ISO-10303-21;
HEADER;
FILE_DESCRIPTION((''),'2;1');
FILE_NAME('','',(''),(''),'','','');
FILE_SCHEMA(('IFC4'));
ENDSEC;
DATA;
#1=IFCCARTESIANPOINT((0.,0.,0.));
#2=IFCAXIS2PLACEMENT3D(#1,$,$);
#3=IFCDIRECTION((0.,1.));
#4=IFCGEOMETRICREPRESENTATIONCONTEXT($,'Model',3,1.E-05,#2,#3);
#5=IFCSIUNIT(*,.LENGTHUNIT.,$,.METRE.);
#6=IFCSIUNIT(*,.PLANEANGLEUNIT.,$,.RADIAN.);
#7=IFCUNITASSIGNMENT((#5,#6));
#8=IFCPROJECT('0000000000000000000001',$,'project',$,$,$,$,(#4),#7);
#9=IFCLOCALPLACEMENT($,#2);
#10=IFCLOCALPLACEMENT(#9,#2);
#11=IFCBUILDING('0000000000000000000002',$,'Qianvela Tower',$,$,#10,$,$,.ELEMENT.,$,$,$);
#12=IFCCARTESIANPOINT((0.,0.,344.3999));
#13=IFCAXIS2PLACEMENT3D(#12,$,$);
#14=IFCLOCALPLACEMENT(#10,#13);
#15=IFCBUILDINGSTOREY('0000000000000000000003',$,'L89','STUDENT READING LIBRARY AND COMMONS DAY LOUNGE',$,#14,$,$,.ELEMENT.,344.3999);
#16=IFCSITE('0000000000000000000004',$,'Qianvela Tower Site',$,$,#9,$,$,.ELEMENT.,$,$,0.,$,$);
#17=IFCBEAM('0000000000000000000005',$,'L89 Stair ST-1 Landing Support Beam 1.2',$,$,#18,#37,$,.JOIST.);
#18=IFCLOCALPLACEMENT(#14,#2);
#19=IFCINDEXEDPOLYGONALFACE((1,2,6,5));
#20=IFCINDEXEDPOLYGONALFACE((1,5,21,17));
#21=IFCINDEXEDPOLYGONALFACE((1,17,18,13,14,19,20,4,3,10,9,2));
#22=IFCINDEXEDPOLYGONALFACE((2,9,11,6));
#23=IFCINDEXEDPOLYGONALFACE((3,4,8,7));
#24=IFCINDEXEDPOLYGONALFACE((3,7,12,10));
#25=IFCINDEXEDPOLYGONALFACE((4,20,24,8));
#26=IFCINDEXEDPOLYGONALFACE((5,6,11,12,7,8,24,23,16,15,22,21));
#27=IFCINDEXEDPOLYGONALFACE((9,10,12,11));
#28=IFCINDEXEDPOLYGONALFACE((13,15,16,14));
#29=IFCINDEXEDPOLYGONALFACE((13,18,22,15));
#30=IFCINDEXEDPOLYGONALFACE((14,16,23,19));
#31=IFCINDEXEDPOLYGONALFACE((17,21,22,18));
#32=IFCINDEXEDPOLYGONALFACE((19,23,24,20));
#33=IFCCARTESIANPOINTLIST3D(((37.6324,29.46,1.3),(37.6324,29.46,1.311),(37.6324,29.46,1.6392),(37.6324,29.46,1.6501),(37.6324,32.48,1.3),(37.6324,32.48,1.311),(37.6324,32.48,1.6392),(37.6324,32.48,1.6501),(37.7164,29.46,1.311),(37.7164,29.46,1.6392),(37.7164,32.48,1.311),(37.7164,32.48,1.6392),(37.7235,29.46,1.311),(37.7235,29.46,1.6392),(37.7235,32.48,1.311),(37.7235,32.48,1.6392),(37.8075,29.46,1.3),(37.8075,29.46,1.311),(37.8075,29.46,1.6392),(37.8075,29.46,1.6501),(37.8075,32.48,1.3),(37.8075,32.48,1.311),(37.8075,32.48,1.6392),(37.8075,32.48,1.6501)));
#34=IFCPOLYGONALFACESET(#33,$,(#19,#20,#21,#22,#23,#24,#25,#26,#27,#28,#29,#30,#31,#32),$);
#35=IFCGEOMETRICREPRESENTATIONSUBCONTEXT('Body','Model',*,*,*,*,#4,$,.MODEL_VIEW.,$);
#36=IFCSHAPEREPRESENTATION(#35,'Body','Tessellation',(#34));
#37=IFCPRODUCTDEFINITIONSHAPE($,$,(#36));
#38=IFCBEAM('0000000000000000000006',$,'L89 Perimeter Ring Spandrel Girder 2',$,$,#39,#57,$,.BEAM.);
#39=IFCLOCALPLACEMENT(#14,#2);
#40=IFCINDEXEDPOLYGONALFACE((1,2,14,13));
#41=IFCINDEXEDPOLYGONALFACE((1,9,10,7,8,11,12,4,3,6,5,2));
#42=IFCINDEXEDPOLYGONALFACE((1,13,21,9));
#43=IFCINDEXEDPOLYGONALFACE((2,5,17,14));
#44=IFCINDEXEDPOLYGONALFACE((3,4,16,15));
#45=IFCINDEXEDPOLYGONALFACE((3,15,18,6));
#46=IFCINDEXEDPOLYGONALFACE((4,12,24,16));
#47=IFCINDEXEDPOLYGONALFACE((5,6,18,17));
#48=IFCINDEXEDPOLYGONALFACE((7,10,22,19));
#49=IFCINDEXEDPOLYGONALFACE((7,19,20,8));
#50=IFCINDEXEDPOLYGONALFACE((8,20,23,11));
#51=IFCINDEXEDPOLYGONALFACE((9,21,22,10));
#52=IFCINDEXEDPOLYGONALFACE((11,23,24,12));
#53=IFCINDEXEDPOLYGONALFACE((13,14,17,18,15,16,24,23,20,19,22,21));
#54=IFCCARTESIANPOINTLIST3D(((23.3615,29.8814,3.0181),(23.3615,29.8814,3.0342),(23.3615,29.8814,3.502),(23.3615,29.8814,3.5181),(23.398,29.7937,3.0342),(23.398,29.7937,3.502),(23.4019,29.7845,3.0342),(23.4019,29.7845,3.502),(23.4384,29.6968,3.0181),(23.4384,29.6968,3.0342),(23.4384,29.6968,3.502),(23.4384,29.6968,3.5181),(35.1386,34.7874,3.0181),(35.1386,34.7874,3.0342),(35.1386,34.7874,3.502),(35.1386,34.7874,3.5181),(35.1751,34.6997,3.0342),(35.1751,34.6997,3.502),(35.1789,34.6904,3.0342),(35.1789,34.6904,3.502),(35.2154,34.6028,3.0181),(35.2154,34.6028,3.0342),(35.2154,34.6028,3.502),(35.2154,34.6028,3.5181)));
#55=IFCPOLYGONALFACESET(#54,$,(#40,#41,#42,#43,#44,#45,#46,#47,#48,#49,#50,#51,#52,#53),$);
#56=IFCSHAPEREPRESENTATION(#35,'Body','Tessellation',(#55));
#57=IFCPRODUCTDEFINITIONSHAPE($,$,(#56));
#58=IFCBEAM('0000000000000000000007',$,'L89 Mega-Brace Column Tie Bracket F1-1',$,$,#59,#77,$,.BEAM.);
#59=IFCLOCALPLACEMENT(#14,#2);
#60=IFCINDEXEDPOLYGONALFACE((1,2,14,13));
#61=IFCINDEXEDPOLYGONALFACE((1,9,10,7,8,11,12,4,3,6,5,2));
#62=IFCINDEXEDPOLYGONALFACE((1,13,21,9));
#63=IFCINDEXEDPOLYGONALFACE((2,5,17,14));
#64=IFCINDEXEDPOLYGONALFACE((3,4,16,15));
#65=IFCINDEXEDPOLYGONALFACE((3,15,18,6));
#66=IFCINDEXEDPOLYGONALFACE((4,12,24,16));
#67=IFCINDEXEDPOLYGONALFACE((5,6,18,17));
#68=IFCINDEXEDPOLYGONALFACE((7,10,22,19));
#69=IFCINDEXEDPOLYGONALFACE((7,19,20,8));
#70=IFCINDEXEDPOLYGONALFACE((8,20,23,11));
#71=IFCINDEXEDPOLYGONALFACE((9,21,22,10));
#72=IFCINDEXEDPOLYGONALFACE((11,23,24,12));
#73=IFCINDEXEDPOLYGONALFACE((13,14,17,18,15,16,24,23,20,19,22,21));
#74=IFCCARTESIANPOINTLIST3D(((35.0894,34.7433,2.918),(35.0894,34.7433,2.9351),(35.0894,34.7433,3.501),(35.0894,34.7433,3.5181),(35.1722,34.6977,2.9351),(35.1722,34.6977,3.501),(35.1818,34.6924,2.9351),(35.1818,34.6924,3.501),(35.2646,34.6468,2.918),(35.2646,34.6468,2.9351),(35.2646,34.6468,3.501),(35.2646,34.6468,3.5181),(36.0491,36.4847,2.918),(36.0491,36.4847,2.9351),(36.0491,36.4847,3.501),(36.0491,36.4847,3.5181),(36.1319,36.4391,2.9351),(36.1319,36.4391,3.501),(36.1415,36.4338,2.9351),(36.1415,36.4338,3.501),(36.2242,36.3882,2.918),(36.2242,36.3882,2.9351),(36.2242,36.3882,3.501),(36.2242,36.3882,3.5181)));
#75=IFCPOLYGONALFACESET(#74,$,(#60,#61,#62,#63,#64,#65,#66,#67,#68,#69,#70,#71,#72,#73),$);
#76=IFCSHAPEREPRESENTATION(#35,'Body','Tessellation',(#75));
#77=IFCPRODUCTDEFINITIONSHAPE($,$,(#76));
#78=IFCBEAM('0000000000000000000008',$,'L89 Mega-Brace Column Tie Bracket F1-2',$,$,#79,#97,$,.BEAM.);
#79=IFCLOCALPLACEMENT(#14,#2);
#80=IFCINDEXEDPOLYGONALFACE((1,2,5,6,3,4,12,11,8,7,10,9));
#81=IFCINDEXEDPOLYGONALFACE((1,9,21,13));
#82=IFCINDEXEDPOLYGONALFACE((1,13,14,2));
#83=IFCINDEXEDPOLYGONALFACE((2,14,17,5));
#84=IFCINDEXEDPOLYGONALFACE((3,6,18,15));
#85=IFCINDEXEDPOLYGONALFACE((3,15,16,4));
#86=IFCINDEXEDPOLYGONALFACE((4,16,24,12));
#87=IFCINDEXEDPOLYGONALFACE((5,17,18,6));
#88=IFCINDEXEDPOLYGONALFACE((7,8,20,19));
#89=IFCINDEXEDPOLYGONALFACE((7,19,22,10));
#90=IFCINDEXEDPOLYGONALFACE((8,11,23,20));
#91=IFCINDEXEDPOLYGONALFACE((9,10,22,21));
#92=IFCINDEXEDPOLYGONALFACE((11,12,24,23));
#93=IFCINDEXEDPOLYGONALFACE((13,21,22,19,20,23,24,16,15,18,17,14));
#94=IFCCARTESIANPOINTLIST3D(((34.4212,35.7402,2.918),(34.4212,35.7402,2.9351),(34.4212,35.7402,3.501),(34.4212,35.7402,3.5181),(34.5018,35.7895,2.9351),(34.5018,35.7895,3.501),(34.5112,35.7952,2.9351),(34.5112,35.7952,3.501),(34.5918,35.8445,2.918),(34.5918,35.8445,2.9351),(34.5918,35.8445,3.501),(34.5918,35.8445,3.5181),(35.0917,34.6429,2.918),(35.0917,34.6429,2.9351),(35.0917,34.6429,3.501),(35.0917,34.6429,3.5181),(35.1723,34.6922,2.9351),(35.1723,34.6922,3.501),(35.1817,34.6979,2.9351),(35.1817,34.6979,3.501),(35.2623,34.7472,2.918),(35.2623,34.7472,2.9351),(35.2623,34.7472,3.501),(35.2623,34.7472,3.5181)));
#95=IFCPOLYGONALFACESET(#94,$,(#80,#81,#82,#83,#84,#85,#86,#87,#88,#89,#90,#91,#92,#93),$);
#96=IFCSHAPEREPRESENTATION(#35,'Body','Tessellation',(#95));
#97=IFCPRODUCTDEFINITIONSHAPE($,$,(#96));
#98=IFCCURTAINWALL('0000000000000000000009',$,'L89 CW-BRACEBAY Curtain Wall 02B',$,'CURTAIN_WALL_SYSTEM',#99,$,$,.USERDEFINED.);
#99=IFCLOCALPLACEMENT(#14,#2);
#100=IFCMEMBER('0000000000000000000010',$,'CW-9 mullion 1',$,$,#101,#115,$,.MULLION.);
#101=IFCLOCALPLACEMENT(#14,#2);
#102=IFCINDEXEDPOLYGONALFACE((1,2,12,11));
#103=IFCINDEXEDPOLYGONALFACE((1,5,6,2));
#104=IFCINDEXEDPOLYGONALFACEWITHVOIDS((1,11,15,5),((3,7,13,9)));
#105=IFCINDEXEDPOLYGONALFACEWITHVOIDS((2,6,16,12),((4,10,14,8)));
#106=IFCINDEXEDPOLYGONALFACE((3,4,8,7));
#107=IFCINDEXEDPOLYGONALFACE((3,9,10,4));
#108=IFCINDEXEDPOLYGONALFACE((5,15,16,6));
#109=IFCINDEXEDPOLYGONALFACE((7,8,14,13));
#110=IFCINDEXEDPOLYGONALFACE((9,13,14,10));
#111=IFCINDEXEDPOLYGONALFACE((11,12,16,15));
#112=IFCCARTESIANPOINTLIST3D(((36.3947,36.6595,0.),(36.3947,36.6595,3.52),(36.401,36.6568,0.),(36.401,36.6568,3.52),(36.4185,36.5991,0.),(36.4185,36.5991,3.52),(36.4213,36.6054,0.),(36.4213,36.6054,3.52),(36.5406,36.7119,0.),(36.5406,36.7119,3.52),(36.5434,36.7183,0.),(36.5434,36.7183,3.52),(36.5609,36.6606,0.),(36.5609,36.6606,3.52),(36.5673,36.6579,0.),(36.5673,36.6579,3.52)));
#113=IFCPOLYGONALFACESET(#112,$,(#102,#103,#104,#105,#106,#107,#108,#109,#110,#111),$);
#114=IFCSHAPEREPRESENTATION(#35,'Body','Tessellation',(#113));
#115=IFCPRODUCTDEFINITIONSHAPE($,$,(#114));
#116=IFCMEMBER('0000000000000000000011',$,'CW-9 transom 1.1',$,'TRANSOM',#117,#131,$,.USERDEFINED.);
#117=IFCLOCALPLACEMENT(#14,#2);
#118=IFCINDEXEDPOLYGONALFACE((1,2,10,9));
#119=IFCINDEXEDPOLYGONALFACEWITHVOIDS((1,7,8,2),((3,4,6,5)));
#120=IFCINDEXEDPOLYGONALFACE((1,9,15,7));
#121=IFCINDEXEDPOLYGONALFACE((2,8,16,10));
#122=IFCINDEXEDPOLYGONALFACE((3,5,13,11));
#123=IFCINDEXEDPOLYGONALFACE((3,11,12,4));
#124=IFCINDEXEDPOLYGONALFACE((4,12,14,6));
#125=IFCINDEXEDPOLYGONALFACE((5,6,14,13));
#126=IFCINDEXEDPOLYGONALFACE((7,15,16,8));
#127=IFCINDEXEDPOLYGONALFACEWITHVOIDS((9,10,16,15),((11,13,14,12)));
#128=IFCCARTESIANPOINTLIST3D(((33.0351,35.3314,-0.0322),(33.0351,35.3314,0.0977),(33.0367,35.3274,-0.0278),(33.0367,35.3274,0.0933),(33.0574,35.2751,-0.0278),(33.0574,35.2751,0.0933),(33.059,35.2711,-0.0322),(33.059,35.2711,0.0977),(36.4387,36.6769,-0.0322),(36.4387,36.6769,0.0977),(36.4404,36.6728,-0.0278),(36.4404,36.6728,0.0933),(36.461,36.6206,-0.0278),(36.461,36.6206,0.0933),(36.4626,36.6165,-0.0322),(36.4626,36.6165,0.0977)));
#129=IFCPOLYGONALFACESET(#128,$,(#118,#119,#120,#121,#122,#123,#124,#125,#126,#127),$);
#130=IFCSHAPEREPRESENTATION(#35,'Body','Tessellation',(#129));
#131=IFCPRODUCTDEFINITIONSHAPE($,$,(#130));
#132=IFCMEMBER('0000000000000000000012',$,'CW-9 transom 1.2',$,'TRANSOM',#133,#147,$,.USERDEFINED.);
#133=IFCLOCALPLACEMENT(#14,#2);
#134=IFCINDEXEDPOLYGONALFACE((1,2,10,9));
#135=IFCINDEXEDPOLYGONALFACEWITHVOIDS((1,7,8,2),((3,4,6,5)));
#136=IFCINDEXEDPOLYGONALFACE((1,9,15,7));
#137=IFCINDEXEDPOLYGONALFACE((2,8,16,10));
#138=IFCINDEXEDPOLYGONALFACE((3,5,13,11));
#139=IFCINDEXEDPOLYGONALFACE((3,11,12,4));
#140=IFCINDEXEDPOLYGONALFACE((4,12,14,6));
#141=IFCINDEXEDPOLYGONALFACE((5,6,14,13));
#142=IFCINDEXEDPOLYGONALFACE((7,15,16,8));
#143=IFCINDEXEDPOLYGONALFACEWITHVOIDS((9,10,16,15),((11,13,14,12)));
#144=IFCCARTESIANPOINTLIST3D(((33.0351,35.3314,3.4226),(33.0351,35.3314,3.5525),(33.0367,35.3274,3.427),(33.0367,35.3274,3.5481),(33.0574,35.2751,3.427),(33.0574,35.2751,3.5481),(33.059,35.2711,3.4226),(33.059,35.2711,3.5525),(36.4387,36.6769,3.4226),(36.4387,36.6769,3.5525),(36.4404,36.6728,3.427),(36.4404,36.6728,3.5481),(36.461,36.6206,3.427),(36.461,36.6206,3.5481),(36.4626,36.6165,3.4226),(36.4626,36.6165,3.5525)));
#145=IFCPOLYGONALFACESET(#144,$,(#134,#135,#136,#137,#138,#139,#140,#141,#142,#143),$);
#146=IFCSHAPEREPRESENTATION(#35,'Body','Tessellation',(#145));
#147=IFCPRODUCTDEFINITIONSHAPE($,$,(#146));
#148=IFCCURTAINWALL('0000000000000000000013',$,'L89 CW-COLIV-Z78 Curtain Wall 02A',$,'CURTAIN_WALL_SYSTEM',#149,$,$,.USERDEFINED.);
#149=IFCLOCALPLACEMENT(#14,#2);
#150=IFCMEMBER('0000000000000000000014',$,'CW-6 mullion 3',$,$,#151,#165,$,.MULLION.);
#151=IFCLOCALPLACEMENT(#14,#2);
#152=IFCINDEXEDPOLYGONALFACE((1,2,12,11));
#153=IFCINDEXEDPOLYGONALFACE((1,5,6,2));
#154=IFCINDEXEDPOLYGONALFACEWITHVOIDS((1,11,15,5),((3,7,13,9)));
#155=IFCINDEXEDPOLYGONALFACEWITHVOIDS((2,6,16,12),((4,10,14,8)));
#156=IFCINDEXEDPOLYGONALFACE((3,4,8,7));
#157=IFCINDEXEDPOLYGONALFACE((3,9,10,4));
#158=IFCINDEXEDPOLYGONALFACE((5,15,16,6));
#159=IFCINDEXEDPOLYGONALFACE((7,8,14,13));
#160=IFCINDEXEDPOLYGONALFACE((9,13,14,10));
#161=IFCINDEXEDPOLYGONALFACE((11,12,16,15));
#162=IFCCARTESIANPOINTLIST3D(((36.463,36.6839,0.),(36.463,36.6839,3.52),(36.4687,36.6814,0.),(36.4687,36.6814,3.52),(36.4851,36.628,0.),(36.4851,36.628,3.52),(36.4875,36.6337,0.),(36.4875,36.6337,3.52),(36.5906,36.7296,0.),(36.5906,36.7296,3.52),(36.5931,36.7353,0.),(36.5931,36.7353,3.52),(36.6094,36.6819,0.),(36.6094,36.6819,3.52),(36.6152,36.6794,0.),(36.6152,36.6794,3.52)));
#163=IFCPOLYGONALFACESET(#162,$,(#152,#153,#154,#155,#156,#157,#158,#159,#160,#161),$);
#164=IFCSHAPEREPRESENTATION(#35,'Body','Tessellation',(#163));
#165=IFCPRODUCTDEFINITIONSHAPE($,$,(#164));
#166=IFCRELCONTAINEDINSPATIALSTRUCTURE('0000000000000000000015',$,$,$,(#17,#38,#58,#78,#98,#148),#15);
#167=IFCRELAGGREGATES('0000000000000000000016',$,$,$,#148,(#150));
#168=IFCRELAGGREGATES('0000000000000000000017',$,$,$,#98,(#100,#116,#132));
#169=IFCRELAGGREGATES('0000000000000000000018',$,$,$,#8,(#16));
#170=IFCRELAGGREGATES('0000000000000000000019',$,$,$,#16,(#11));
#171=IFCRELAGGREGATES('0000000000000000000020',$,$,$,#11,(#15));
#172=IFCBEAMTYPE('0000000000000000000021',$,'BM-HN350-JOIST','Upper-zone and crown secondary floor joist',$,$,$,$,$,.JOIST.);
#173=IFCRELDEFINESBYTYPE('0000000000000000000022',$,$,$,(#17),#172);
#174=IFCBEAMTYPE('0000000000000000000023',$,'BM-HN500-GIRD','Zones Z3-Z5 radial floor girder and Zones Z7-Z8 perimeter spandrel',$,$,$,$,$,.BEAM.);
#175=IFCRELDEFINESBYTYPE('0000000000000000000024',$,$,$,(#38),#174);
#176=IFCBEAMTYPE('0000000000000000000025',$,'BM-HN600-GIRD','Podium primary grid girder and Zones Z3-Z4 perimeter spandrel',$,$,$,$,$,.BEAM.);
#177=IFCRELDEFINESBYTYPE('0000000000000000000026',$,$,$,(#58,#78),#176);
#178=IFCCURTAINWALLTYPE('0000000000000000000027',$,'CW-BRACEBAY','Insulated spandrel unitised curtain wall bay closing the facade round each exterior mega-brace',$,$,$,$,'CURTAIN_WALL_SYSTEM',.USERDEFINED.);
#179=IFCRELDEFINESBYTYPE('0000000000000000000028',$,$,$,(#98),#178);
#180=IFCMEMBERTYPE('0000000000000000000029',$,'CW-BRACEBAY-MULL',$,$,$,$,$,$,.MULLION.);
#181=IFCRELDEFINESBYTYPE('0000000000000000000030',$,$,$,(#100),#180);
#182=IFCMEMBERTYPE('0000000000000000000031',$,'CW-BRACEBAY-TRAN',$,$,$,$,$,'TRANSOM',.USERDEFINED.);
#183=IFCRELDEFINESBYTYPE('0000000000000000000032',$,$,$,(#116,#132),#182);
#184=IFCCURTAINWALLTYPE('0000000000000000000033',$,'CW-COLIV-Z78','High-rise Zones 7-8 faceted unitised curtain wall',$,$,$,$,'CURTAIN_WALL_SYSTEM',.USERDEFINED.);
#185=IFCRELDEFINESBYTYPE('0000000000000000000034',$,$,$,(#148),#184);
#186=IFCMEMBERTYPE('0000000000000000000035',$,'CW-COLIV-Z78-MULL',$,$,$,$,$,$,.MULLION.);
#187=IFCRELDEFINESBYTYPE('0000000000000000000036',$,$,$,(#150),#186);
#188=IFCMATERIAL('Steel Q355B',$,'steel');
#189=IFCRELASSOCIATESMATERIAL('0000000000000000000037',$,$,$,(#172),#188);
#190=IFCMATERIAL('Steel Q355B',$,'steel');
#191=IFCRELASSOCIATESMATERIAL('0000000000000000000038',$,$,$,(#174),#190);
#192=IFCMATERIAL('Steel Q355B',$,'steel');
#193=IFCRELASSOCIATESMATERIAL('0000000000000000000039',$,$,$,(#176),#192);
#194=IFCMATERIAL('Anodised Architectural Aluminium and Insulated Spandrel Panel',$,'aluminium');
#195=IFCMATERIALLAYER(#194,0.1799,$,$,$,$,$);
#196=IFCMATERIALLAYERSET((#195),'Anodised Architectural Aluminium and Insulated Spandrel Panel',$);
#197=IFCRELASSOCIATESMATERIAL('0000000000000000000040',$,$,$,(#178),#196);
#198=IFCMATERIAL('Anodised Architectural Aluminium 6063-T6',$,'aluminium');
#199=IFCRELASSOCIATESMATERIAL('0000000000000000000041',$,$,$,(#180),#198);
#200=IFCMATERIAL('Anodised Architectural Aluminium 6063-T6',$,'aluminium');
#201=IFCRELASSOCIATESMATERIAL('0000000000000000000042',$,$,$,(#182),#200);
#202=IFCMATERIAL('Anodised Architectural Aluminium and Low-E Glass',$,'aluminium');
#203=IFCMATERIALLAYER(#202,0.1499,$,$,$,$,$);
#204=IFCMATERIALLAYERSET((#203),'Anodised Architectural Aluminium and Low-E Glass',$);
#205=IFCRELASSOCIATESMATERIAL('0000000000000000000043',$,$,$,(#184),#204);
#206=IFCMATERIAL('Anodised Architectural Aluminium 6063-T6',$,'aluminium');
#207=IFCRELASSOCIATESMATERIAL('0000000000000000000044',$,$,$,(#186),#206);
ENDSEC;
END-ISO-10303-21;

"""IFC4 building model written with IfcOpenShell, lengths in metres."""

from ifc_helpers import new_model, si_unit, direction, frame, origin, origin_2d, place, context, subcontext, project, spatial, hollow_rectangle, i_section, extrude, material, layer, layer_set, material_profile, profile_set, type_object, element, aggregate, save


model = new_model("IFC4")

# Units and contexts
model_context = context("Model", 3, precision=1e-05, world=origin(), true_north=direction((0.0, 1.0)))
body_context = subcontext(model_context, "Body", "Model", "MODEL_VIEW")
ifc_project = project(units=[si_unit("LENGTHUNIT", "METRE"), si_unit("PLANEANGLEUNIT", "RADIAN")], contexts=[model_context])

# Site, building, storey
site_placement = place(None, origin())
site = spatial("IfcSite", under=ifc_project, at=site_placement, Name="Qianvela Tower Site", CompositionType="ELEMENT", RefElevation=0.0)
building_placement = place(site_placement, origin())
building = spatial("IfcBuilding", under=site, at=building_placement, Name="Qianvela Tower", CompositionType="ELEMENT")
storey_placement = place(building_placement, frame((0.0, 0.0, 344.3999)))
storey = spatial("IfcBuildingStorey", under=building, at=storey_placement, Name="L89", Description="STUDENT READING LIBRARY AND COMMONS DAY LOUNGE", CompositionType="ELEMENT", Elevation=344.3999)

# Beams
ifc_material_1 = material(Name="Steel Q355B", Category="steel")
ifc_material_profile_1 = material_profile(ifc_material_1, i_section(OverallWidth=0.175, OverallDepth=0.3501, WebThickness=0.0071, FlangeThickness=0.011, at=origin_2d()), Name="HN350x175x7x11")
ifc_profile_set_1 = profile_set([ifc_material_profile_1], Name="Steel Q355B")
beam_type_1 = type_object("IfcBeamType", Name="BM-HN350-JOIST", Description="Upper-zone and crown secondary floor joist", PredefinedType="JOIST", material=ifc_profile_set_1)
for number, where, z_axis, x_axis, name in (
    (1, (37.72, 29.46, 1.4751), (0.0, 1.0, 0.0), (-1.0, 0.0, 0.0), "L89 Stair ST-1 Landing Support Beam 1.2"),
):
    element("IfcBeam", number, at=place(storey_placement, frame(where, z_axis=z_axis, x_axis=x_axis)), inside=storey, type_object=beam_type_1, Name=name, PredefinedType="JOIST", context=body_context, shape_type="SweptSolid", body=[
        extrude(i_section(OverallWidth=0.175, OverallDepth=0.3501, WebThickness=0.0071, FlangeThickness=0.011, at=origin_2d()), origin(), (0.0, 0.0, 1.0), 3.02),
    ])
ifc_material_2 = material(Name="Steel Q355B", Category="steel")
ifc_material_profile_2 = material_profile(ifc_material_2, i_section(OverallWidth=0.2, OverallDepth=0.5, WebThickness=0.01, FlangeThickness=0.0161, at=origin_2d()), Name="HN500x200x10x16")
ifc_profile_set_2 = profile_set([ifc_material_profile_2], Name="Steel Q355B")
beam_type_2 = type_object("IfcBeamType", Name="BM-HN500-GIRD", Description="Zones Z3-Z5 radial floor girder and Zones Z7-Z8 perimeter spandrel", PredefinedType="BEAM", material=ifc_profile_set_2)
beam_1_placement = place(storey_placement, frame((35.177, 34.6951, 3.2681), z_axis=(-0.923108, -0.384541, 0.0), x_axis=(0.384541, -0.923108, 0.0)))
element("IfcBeam", 2, at=beam_1_placement, inside=storey, type_object=beam_type_2, Name="L89 Perimeter Ring Spandrel Girder 2", PredefinedType="BEAM", context=body_context, shape_type="SweptSolid", body=[
    extrude(i_section(OverallWidth=0.2, OverallDepth=0.5, WebThickness=0.01, FlangeThickness=0.0161, at=origin_2d()), origin(), (0.0, 0.0, 1.0), 12.7581),
])
ifc_material_3 = material(Name="Steel Q355B", Category="steel")
ifc_material_profile_3 = material_profile(ifc_material_3, i_section(OverallWidth=0.2, OverallDepth=0.6001, WebThickness=0.011, FlangeThickness=0.0171, at=origin_2d()), Name="HN600x200x11x17")
ifc_profile_set_3 = profile_set([ifc_material_profile_3], Name="Steel Q355B")
beam_type_3 = type_object("IfcBeamType", Name="BM-HN600-GIRD", Description="Podium primary grid girder and Zones Z3-Z4 perimeter spandrel", PredefinedType="BEAM", material=ifc_profile_set_3)
beam_2_placement = place(storey_placement, frame((35.177, 34.6951, 3.218), z_axis=(0.482659, 0.875809, 0.0), x_axis=(-0.875809, 0.482659, 0.0)))
element("IfcBeam", 3, at=beam_2_placement, inside=storey, type_object=beam_type_3, Name="L89 Mega-Brace Column Tie Bracket F1-1", PredefinedType="BEAM", context=body_context, shape_type="SweptSolid", body=[
    extrude(i_section(OverallWidth=0.2, OverallDepth=0.6001, WebThickness=0.011, FlangeThickness=0.0171, at=origin_2d()), origin(), (0.0, 0.0, 1.0), 1.9883),
])
beam_3_placement = place(storey_placement, frame((35.177, 34.6951, 3.218), z_axis=(-0.521404, 0.85331, 0.0), x_axis=(-0.85331, -0.521404, 0.0)))
element("IfcBeam", 4, at=beam_3_placement, inside=storey, type_object=beam_type_3, Name="L89 Mega-Brace Column Tie Bracket F1-2", PredefinedType="BEAM", context=body_context, shape_type="SweptSolid", body=[
    extrude(i_section(OverallWidth=0.2, OverallDepth=0.6001, WebThickness=0.011, FlangeThickness=0.0171, at=origin_2d()), origin(), (0.0, 0.0, 1.0), 1.2859),
])

# Curtain wall, members
ifc_material_4 = material(Name="Anodised Architectural Aluminium and Insulated Spandrel Panel", Category="aluminium")
ifc_layer_1 = layer(ifc_material_4, 0.1799)
ifc_layer_set_1 = layer_set([ifc_layer_1], Name="Anodised Architectural Aluminium and Insulated Spandrel Panel")
curtain_wall_type_1 = type_object("IfcCurtainWallType", Name="CW-BRACEBAY", Description="Insulated spandrel unitised curtain wall bay closing the facade round each exterior mega-brace", ElementType="CURTAIN_WALL_SYSTEM", PredefinedType="USERDEFINED", material=ifc_layer_set_1)
curtain_wall_1_placement = place(storey_placement, origin())
curtain_wall_1 = element("IfcCurtainWall", 5, at=curtain_wall_1_placement, inside=storey, type_object=curtain_wall_type_1, Name="L89 CW-BRACEBAY Curtain Wall 02B", ObjectType="CURTAIN_WALL_SYSTEM", PredefinedType="USERDEFINED")
ifc_material_5 = material(Name="Anodised Architectural Aluminium 6063-T6", Category="aluminium")
ifc_material_profile_4 = material_profile(ifc_material_5, hollow_rectangle(XDim=0.0649, YDim=0.1599, WallThickness=0.0049, at=origin_2d()), Name="ALU-MULL-65x160")
ifc_profile_set_4 = profile_set([ifc_material_profile_4], Name="Anodised Architectural Aluminium 6063-T6")
member_type_1 = type_object("IfcMemberType", Name="CW-BRACEBAY-MULL", PredefinedType="MULLION", material=ifc_profile_set_4)
member_1_placement = place(storey_placement, frame((36.481, 36.6587, 0.0), z_axis=(0.0, 0.0, 1.0), x_axis=(0.367603, -0.929983, 0.0)))
member_1 = element("IfcMember", 6, at=member_1_placement, type_object=member_type_1, Name="CW-9 mullion 1", PredefinedType="MULLION", context=body_context, shape_type="SweptSolid", body=[
    extrude(hollow_rectangle(XDim=0.0649, YDim=0.1599, WallThickness=0.0049, at=origin_2d()), origin(), (0.0, 0.0, 1.0), 3.52),
])
ifc_material_6 = material(Name="Anodised Architectural Aluminium 6063-T6", Category="aluminium")
ifc_material_profile_5 = material_profile(ifc_material_6, hollow_rectangle(XDim=0.0649, YDim=0.1299, WallThickness=0.0044, at=origin_2d()), Name="ALU-TRAN-65x130")
ifc_profile_set_5 = profile_set([ifc_material_profile_5], Name="Anodised Architectural Aluminium 6063-T6")
member_type_2 = type_object("IfcMemberType", Name="CW-BRACEBAY-TRAN", ElementType="TRANSOM", PredefinedType="USERDEFINED", material=ifc_profile_set_5)
member_2_placement = place(storey_placement, frame((36.4507, 36.6467, 0.0327), z_axis=(-0.929973, -0.367627, 0.0), x_axis=(0.367627, -0.929973, 0.0)))
member_2 = element("IfcMember", 7, at=member_2_placement, type_object=member_type_2, Name="CW-9 transom 1.1", ObjectType="TRANSOM", PredefinedType="USERDEFINED", context=body_context, shape_type="SweptSolid", body=[
    extrude(hollow_rectangle(XDim=0.0649, YDim=0.1299, WallThickness=0.0044, at=origin_2d()), origin(), (0.0, 0.0, 1.0), 3.6599),
])
member_3_placement = place(storey_placement, frame((36.4507, 36.6467, 3.4875), z_axis=(-0.929973, -0.367627, 0.0), x_axis=(0.367627, -0.929973, 0.0)))
member_3 = element("IfcMember", 8, at=member_3_placement, type_object=member_type_2, Name="CW-9 transom 1.2", ObjectType="TRANSOM", PredefinedType="USERDEFINED", context=body_context, shape_type="SweptSolid", body=[
    extrude(hollow_rectangle(XDim=0.0649, YDim=0.1299, WallThickness=0.0044, at=origin_2d()), origin(), (0.0, 0.0, 1.0), 3.6599),
])

# Curtain wall, member
ifc_material_7 = material(Name="Anodised Architectural Aluminium and Low-E Glass", Category="aluminium")
ifc_layer_2 = layer(ifc_material_7, 0.1499)
ifc_layer_set_2 = layer_set([ifc_layer_2], Name="Anodised Architectural Aluminium and Low-E Glass")
curtain_wall_type_2 = type_object("IfcCurtainWallType", Name="CW-COLIV-Z78", Description="High-rise Zones 7-8 faceted unitised curtain wall", ElementType="CURTAIN_WALL_SYSTEM", PredefinedType="USERDEFINED", material=ifc_layer_set_2)
curtain_wall_2_placement = place(storey_placement, origin())
curtain_wall_2 = element("IfcCurtainWall", 9, at=curtain_wall_2_placement, inside=storey, type_object=curtain_wall_type_2, Name="L89 CW-COLIV-Z78 Curtain Wall 02A", ObjectType="CURTAIN_WALL_SYSTEM", PredefinedType="USERDEFINED")
ifc_material_8 = material(Name="Anodised Architectural Aluminium 6063-T6", Category="aluminium")
ifc_material_profile_6 = material_profile(ifc_material_8, hollow_rectangle(XDim=0.0601, YDim=0.1399, WallThickness=0.0044, at=origin_2d()), Name="ALU-MULL-60x140")
ifc_profile_set_6 = profile_set([ifc_material_profile_6], Name="Anodised Architectural Aluminium 6063-T6")
member_type_3 = type_object("IfcMemberType", Name="CW-COLIV-Z78-MULL", PredefinedType="MULLION", material=ifc_profile_set_6)
member_4_placement = place(storey_placement, frame((36.5391, 36.6816, 0.0), z_axis=(0.0, 0.0, 1.0), x_axis=(0.367589, -0.929989, 0.0)))
member_4 = element("IfcMember", 10, at=member_4_placement, type_object=member_type_3, Name="CW-6 mullion 3", PredefinedType="MULLION", context=body_context, shape_type="SweptSolid", body=[
    extrude(hollow_rectangle(XDim=0.0601, YDim=0.1399, WallThickness=0.0044, at=origin_2d()), origin(), (0.0, 0.0, 1.0), 3.52),
])
aggregate(curtain_wall_2, [member_4])

aggregate(curtain_wall_1, [member_1, member_2, member_3])

save(model, "model.ifc")
